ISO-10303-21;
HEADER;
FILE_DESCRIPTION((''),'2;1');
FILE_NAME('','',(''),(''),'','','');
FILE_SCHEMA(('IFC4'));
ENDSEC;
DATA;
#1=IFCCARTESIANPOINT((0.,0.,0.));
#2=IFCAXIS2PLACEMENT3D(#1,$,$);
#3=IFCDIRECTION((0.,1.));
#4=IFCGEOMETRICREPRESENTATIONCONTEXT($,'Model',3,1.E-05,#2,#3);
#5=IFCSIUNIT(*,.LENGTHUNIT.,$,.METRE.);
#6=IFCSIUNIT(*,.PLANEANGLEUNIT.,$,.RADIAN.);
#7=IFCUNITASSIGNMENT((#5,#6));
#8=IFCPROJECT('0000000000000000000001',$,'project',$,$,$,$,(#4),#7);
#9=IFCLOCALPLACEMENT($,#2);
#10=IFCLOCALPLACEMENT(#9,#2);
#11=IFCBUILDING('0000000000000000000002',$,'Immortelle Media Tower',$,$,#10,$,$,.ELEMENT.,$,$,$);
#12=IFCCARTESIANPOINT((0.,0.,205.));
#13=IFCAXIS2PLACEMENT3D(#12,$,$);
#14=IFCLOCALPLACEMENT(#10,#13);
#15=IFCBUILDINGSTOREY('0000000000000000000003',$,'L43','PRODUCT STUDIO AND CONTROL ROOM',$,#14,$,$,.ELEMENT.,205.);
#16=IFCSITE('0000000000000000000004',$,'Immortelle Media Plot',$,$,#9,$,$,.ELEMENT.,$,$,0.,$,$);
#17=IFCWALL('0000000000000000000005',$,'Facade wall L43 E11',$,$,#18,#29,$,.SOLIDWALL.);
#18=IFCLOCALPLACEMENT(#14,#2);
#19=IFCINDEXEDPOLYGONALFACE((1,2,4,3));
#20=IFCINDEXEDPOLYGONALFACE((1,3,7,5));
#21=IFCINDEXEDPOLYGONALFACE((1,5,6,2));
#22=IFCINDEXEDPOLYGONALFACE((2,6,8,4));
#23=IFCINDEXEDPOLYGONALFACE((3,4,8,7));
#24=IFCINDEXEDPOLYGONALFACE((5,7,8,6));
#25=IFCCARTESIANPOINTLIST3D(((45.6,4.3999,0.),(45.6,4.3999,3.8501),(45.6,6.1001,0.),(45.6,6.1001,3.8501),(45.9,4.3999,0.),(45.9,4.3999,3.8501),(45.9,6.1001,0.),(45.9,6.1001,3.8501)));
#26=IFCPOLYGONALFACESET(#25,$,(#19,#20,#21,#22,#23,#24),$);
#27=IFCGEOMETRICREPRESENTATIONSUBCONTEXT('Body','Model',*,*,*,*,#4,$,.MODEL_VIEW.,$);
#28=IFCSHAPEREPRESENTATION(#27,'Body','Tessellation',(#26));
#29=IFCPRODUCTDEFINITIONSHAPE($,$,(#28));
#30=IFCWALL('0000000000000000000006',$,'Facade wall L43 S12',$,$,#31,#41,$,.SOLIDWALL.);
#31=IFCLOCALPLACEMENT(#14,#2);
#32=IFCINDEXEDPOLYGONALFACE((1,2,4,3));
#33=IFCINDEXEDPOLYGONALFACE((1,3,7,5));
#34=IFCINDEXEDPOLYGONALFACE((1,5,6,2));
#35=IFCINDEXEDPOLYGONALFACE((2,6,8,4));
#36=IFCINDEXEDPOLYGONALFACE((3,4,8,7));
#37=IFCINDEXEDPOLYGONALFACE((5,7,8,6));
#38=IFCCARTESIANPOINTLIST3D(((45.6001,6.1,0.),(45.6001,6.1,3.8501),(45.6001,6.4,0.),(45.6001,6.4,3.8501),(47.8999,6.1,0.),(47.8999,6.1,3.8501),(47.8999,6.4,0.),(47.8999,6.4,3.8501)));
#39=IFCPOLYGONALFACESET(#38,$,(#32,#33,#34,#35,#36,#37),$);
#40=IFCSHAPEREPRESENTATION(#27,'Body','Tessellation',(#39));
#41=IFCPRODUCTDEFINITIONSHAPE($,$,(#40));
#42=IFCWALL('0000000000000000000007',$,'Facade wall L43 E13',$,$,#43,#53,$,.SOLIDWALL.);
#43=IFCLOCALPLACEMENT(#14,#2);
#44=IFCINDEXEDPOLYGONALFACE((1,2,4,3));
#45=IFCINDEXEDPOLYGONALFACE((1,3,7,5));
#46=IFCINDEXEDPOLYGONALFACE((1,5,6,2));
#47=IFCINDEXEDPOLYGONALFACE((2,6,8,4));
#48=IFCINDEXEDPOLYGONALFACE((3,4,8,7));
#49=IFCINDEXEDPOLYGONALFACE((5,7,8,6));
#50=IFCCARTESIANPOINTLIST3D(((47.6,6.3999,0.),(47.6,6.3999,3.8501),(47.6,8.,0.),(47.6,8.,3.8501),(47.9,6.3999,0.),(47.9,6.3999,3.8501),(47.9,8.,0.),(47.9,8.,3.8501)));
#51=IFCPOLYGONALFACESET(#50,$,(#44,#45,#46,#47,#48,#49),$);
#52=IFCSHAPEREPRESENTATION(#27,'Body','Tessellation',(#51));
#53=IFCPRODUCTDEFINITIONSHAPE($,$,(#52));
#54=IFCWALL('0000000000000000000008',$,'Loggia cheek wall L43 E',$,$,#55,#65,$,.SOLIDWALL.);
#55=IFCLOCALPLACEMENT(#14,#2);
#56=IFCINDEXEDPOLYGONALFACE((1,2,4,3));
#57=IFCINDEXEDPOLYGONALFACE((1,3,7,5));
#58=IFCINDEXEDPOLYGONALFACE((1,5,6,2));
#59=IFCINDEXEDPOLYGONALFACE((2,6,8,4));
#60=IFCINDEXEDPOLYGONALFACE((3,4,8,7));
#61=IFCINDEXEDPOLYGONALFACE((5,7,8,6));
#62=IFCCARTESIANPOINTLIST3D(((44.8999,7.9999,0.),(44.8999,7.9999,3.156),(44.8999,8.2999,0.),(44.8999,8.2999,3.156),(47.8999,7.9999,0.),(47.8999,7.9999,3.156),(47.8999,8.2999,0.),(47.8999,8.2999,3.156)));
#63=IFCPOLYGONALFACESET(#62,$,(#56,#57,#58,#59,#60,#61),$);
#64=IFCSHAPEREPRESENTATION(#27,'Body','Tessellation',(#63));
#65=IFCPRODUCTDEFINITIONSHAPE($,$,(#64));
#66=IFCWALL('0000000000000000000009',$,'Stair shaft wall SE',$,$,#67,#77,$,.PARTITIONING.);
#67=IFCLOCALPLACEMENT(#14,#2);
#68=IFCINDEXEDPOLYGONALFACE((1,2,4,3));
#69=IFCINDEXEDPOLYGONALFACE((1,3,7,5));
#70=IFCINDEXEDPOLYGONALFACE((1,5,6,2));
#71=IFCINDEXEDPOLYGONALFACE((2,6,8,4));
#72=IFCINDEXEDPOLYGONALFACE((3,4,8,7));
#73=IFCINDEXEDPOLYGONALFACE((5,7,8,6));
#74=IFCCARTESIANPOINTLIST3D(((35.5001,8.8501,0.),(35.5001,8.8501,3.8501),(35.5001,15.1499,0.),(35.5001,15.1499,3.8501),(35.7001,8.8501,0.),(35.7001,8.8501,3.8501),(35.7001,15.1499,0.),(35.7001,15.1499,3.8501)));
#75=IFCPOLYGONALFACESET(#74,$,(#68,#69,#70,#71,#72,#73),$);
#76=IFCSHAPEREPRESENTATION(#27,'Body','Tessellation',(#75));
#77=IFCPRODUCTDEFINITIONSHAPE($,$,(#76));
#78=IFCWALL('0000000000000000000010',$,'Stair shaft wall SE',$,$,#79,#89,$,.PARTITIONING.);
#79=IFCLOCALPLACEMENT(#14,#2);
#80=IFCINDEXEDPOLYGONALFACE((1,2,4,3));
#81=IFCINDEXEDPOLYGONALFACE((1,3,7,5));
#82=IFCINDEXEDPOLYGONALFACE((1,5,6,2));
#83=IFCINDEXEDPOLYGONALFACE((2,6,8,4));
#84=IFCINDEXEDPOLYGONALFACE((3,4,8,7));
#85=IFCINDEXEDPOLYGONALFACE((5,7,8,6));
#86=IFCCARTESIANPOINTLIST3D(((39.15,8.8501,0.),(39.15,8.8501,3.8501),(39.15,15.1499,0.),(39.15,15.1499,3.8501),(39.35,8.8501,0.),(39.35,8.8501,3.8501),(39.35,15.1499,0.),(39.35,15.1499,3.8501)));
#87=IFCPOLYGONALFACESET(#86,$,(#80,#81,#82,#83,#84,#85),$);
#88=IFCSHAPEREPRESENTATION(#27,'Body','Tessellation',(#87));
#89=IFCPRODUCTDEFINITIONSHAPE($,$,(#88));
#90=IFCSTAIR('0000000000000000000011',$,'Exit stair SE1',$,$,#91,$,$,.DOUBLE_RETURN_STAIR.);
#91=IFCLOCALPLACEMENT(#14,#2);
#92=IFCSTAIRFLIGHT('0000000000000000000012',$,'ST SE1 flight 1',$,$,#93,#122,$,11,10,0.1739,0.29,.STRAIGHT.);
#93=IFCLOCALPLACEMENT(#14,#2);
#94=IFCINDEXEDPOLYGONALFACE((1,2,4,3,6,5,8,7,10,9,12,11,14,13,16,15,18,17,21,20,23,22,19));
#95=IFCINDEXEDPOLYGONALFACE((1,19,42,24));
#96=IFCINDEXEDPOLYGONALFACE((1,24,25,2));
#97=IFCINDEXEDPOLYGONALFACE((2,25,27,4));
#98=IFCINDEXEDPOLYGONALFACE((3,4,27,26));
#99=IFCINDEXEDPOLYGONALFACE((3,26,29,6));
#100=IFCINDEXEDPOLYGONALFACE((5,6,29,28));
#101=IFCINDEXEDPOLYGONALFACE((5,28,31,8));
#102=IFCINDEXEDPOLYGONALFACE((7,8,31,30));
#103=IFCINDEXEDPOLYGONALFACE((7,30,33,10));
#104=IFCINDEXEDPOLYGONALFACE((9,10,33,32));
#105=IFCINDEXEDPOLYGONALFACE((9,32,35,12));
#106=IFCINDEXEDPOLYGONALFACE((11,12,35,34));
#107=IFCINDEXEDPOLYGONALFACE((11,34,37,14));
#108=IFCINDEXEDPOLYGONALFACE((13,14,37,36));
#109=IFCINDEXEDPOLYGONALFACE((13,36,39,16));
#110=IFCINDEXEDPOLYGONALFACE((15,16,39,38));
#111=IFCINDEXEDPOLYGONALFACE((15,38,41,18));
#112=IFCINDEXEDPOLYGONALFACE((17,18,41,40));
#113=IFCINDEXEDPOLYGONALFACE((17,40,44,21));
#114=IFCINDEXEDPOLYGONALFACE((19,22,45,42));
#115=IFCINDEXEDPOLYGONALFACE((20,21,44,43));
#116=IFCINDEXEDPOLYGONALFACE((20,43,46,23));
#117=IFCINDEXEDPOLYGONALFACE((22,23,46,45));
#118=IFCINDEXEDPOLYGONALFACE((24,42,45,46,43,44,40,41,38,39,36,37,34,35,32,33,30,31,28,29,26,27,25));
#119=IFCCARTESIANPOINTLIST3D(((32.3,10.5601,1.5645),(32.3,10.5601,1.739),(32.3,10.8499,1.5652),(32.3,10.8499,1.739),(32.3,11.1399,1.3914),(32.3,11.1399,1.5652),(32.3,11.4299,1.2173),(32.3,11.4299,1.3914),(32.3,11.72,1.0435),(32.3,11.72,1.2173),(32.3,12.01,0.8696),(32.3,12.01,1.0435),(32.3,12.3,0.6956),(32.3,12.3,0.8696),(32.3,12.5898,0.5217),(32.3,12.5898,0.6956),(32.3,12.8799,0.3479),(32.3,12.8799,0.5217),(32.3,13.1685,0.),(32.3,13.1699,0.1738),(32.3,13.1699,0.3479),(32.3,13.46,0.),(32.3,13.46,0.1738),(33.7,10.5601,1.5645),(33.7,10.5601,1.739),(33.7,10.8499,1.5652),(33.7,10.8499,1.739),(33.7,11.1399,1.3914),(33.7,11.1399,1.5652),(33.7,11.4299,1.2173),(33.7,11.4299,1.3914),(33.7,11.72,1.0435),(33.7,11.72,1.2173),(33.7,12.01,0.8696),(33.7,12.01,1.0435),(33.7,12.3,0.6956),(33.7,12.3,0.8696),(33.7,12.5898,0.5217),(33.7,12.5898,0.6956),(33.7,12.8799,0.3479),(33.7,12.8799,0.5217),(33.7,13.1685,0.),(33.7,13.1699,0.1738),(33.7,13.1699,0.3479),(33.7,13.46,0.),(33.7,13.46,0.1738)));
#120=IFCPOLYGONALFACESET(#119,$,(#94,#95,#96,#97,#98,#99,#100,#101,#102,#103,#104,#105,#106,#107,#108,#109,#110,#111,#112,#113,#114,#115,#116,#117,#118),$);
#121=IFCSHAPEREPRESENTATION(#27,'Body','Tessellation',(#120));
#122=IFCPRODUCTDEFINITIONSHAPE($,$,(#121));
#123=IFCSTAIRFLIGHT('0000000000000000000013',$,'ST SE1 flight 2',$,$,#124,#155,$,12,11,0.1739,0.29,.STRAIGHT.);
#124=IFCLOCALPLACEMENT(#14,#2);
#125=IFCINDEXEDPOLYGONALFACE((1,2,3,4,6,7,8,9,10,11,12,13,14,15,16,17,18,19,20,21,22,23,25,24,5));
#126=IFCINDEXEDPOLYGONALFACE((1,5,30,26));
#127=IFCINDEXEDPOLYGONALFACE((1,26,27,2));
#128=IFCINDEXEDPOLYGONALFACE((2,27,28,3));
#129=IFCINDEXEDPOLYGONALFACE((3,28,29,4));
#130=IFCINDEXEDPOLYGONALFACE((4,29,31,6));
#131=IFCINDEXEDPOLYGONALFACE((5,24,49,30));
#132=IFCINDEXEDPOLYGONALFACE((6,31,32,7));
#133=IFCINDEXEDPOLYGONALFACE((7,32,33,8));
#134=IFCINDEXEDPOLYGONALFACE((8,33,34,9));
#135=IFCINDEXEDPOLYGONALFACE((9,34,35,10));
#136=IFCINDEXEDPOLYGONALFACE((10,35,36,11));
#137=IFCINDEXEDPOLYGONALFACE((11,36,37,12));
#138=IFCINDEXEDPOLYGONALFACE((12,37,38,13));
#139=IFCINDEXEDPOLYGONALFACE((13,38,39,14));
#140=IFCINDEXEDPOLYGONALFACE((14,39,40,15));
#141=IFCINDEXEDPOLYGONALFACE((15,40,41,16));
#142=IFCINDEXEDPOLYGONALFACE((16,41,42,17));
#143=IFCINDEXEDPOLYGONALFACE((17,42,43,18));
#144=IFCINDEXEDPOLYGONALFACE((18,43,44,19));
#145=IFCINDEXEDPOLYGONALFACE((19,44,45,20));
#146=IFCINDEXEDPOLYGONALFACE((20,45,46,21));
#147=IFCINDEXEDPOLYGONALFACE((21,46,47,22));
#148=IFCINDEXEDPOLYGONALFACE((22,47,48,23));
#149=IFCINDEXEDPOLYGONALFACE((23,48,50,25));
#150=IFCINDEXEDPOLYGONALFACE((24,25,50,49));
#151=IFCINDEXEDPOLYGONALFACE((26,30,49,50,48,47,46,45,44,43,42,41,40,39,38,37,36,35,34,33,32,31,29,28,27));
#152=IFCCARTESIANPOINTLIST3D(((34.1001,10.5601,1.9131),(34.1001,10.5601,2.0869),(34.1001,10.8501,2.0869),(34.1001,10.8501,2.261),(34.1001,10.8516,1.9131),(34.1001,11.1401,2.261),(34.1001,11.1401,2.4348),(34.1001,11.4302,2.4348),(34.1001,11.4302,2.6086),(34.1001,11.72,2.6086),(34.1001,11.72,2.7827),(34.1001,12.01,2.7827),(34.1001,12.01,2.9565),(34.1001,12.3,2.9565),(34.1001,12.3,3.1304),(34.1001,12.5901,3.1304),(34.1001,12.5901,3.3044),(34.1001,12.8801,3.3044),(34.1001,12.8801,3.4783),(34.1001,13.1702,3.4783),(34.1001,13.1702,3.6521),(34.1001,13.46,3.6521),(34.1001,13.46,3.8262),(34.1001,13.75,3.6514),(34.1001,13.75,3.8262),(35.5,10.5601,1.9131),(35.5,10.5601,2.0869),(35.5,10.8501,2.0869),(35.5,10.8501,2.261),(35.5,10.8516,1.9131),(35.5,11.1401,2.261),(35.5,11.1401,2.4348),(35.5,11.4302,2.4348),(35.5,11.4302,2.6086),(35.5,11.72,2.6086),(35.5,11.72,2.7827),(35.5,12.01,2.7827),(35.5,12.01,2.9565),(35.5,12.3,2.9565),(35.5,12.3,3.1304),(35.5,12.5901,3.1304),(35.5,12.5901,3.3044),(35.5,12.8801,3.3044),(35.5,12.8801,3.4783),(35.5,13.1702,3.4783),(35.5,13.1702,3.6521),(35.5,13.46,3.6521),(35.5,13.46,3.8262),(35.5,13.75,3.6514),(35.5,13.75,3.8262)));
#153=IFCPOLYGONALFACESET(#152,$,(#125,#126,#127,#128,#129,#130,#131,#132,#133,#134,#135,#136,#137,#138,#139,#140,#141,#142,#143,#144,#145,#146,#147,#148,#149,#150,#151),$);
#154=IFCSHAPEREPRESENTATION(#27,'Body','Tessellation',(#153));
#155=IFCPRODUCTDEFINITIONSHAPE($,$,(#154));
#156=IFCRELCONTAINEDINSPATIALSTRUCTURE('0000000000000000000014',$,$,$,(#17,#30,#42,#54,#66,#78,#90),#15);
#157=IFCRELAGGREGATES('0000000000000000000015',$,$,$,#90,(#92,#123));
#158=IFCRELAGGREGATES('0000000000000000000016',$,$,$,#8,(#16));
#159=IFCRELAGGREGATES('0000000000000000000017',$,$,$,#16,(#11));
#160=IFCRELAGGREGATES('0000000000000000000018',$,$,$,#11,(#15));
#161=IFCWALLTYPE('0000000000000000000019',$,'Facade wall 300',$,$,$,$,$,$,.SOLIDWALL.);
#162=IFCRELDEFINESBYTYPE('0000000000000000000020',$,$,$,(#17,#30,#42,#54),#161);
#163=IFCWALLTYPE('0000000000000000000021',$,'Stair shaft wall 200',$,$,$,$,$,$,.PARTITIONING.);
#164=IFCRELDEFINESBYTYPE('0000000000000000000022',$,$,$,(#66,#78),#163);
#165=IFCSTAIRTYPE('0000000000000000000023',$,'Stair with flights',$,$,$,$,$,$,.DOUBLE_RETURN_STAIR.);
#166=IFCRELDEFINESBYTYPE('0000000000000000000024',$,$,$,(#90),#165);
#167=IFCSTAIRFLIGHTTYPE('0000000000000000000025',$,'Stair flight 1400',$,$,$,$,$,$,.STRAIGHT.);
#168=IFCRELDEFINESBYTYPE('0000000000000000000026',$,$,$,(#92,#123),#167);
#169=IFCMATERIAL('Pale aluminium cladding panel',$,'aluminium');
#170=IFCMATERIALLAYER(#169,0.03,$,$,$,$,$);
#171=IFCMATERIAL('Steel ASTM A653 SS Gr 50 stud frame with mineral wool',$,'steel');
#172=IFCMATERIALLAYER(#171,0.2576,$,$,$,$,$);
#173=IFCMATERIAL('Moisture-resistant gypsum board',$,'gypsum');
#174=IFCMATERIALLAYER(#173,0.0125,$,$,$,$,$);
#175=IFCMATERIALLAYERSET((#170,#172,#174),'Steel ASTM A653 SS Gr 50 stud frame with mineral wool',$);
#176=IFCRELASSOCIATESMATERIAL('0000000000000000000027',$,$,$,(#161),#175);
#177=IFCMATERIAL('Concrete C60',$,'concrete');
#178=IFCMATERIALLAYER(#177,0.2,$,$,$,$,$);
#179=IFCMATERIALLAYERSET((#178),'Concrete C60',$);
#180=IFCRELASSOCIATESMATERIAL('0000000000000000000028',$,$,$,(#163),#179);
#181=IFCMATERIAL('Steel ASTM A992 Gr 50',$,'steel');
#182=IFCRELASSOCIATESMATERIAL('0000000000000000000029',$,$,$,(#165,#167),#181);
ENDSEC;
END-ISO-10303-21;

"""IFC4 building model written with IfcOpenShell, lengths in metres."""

from ifc_helpers import new_model, si_unit, direction, frame, frame_2d, origin, place, context, subcontext, project, spatial, polyline, rectangle, outline, extrude, material, layer, layer_set, type_object, element, aggregate, save


model = new_model("IFC4")

# Units and contexts
model_context = context("Model", 3, precision=1e-05, world=origin(), true_north=direction((0.0, 1.0)))
body_context = subcontext(model_context, "Body", "Model", "MODEL_VIEW")
ifc_project = project(units=[si_unit("LENGTHUNIT", "METRE"), si_unit("PLANEANGLEUNIT", "RADIAN")], contexts=[model_context])

# Site, building, storey
site_placement = place(None, origin())
site = spatial("IfcSite", under=ifc_project, at=site_placement, Name="Immortelle Media Plot", CompositionType="ELEMENT", RefElevation=0.0)
building_placement = place(site_placement, origin())
building = spatial("IfcBuilding", under=site, at=building_placement, Name="Immortelle Media Tower", CompositionType="ELEMENT")
storey_placement = place(building_placement, frame((0.0, 0.0, 205.0)))
storey = spatial("IfcBuildingStorey", under=building, at=storey_placement, Name="L43", Description="PRODUCT STUDIO AND CONTROL ROOM", CompositionType="ELEMENT", Elevation=205.0)

# Shared definitions
ifc_material_1 = material(Name="Steel ASTM A992 Gr 50", Category="steel")

# Walls
ifc_material_2 = material(Name="Pale aluminium cladding panel", Category="aluminium")
ifc_layer_1 = layer(ifc_material_2, 0.03)
ifc_material_3 = material(Name="Steel ASTM A653 SS Gr 50 stud frame with mineral wool", Category="steel")
ifc_layer_2 = layer(ifc_material_3, 0.2576)
ifc_material_4 = material(Name="Moisture-resistant gypsum board", Category="gypsum")
ifc_layer_3 = layer(ifc_material_4, 0.0125)
ifc_layer_set_1 = layer_set([ifc_layer_1, ifc_layer_2, ifc_layer_3], Name="Steel ASTM A653 SS Gr 50 stud frame with mineral wool")
wall_type_1 = type_object("IfcWallType", Name="Facade wall 300", PredefinedType="SOLIDWALL", material=ifc_layer_set_1)
wall_1_placement = place(storey_placement, frame((45.75, 4.3999, 0.0), z_axis=(0.0, 0.0, 1.0), x_axis=(0.0, 1.0, 0.0)))
element("IfcWall", 1, at=wall_1_placement, inside=storey, type_object=wall_type_1, Name="Facade wall L43 E11", PredefinedType="SOLIDWALL", context=body_context, shape_type="SweptSolid", body=[
    extrude(rectangle(XDim=1.7002, YDim=0.3, at=frame_2d((0.8501, 0.0))), origin(), (0.0, 0.0, 1.0), 3.8501),
])
wall_2_placement = place(storey_placement, frame((45.6001, 6.25, 0.0), z_axis=(0.0, 0.0, 1.0), x_axis=(1.0, 0.0, 0.0)))
element("IfcWall", 2, at=wall_2_placement, inside=storey, type_object=wall_type_1, Name="Facade wall L43 S12", PredefinedType="SOLIDWALL", context=body_context, shape_type="SweptSolid", body=[
    extrude(rectangle(XDim=2.2998, YDim=0.3, at=frame_2d((1.1499, 0.0))), origin(), (0.0, 0.0, 1.0), 3.8501),
])
wall_3_placement = place(storey_placement, frame((47.75, 6.3999, 0.0), z_axis=(0.0, 0.0, 1.0), x_axis=(0.0, 1.0, 0.0)))
element("IfcWall", 3, at=wall_3_placement, inside=storey, type_object=wall_type_1, Name="Facade wall L43 E13", PredefinedType="SOLIDWALL", context=body_context, shape_type="SweptSolid", body=[
    extrude(rectangle(XDim=1.6001, YDim=0.3, at=frame_2d((0.8, 0.0))), origin(), (0.0, 0.0, 1.0), 3.8501),
])

# Walls
wall_4_placement = place(storey_placement, frame((47.8999, 8.1499, 0.0), z_axis=(0.0, 0.0, 1.0), x_axis=(-1.0, 0.0, 0.0)))
element("IfcWall", 4, at=wall_4_placement, inside=storey, type_object=wall_type_1, Name="Loggia cheek wall L43 E", PredefinedType="SOLIDWALL", context=body_context, shape_type="SweptSolid", body=[
    extrude(rectangle(XDim=3.0, YDim=0.3, at=frame_2d((1.5, 0.0))), origin(), (0.0, 0.0, 1.0), 3.156),
])
ifc_material_5 = material(Name="Concrete C60", Category="concrete")
ifc_layer_4 = layer(ifc_material_5, 0.2)
ifc_layer_set_2 = layer_set([ifc_layer_4], Name="Concrete C60")
wall_type_2 = type_object("IfcWallType", Name="Stair shaft wall 200", PredefinedType="PARTITIONING", material=ifc_layer_set_2)
for number, where, z_axis, x_axis, name in (
    (5, (35.6001, 8.8501, 0.0), (0.0, 0.0, 1.0), (0.0, 1.0, 0.0), "Stair shaft wall SE"),
    (6, (39.25, 8.8501, 0.0), (0.0, 0.0, 1.0), (0.0, 1.0, 0.0), "Stair shaft wall SE"),
):
    element("IfcWall", number, at=place(storey_placement, frame(where, z_axis=z_axis, x_axis=x_axis)), inside=storey, type_object=wall_type_2, Name=name, PredefinedType="PARTITIONING", context=body_context, shape_type="SweptSolid", body=[
        extrude(rectangle(XDim=6.2998, YDim=0.2, at=frame_2d((3.1499, 0.0))), origin(), (0.0, 0.0, 1.0), 3.8501),
    ])

# Stair, stair flights
stair_type = type_object("IfcStairType", Name="Stair with flights", PredefinedType="DOUBLE_RETURN_STAIR", material=ifc_material_1)
stair_1_placement = place(storey_placement, origin())
stair_1 = element("IfcStair", 7, at=stair_1_placement, inside=storey, type_object=stair_type, Name="Exit stair SE1", PredefinedType="DOUBLE_RETURN_STAIR")
stair_flight_type = type_object("IfcStairFlightType", Name="Stair flight 1400", PredefinedType="STRAIGHT", material=ifc_material_1)
stair_flight_1_placement = place(storey_placement, frame((33.0, 13.46, 0.0), z_axis=(0.0, 0.0, 1.0), x_axis=(0.0, -1.0, 0.0)))
stair_flight_1 = element("IfcStairFlight", 8, at=stair_flight_1_placement, type_object=stair_flight_type, Name="ST SE1 flight 1", NumberOfRisers=11, NumberOfTreads=10, PredefinedType="STRAIGHT", RiserHeight=0.1739, TreadLength=0.29, context=body_context, shape_type="SweptSolid", body=[
    extrude(outline(polyline([(0.0, 0.0), (0.0, 0.1738), (0.29, 0.1738), (0.29, 0.3479), (0.5801, 0.3479), (0.5801, 0.5217), (0.8701, 0.5217), (0.8701, 0.6956), (1.1599, 0.6956), (1.1599, 0.8696), (1.45, 0.8696), (1.45, 1.0435), (1.74, 1.0435), (1.74, 1.2173), (2.03, 1.2173), (2.03, 1.3914), (2.3201, 1.3914), (2.3201, 1.5652), (2.6101, 1.5652), (2.6101, 1.739), (2.8999, 1.739), (2.8999, 1.9131), (2.8999, 1.5645), (0.2915, 0.0), (0.0, 0.0)])), frame((0.0, 0.7, 0.0), z_axis=(0.0, -1.0, 0.0), x_axis=(1.0, 0.0, 0.0)), (0.0, 0.0, 1.0), 1.3999),
])
stair_flight_2_placement = place(storey_placement, frame((34.8, 10.5601, 1.9131), z_axis=(0.0, 0.0, 1.0), x_axis=(0.0, 1.0, 0.0)))
stair_flight_2 = element("IfcStairFlight", 9, at=stair_flight_2_placement, type_object=stair_flight_type, Name="ST SE1 flight 2", NumberOfRisers=12, NumberOfTreads=11, PredefinedType="STRAIGHT", RiserHeight=0.1739, TreadLength=0.29, context=body_context, shape_type="SweptSolid", body=[
    extrude(outline(polyline([(0.0, 0.0), (0.0, 0.1738), (0.29, 0.1738), (0.29, 0.3479), (0.5801, 0.3479), (0.5801, 0.5217), (0.8701, 0.5217), (0.8701, 0.6956), (1.1599, 0.6956), (1.1599, 0.8696), (1.45, 0.8696), (1.45, 1.0435), (1.74, 1.0435), (1.74, 1.2173), (2.03, 1.2173), (2.03, 1.3914), (2.3201, 1.3914), (2.3201, 1.5652), (2.6101, 1.5652), (2.6101, 1.739), (2.8999, 1.739), (2.8999, 1.9131), (3.1899, 1.9131), (3.1899, 2.0869), (3.1899, 1.7383), (0.2915, 0.0), (0.0, 0.0)])), frame((0.0, 0.7, 0.0), z_axis=(0.0, -1.0, 0.0), x_axis=(1.0, 0.0, 0.0)), (0.0, 0.0, 1.0), 1.3999),
])
aggregate(stair_1, [stair_flight_1, stair_flight_2])

save(model, "model.ifc")
